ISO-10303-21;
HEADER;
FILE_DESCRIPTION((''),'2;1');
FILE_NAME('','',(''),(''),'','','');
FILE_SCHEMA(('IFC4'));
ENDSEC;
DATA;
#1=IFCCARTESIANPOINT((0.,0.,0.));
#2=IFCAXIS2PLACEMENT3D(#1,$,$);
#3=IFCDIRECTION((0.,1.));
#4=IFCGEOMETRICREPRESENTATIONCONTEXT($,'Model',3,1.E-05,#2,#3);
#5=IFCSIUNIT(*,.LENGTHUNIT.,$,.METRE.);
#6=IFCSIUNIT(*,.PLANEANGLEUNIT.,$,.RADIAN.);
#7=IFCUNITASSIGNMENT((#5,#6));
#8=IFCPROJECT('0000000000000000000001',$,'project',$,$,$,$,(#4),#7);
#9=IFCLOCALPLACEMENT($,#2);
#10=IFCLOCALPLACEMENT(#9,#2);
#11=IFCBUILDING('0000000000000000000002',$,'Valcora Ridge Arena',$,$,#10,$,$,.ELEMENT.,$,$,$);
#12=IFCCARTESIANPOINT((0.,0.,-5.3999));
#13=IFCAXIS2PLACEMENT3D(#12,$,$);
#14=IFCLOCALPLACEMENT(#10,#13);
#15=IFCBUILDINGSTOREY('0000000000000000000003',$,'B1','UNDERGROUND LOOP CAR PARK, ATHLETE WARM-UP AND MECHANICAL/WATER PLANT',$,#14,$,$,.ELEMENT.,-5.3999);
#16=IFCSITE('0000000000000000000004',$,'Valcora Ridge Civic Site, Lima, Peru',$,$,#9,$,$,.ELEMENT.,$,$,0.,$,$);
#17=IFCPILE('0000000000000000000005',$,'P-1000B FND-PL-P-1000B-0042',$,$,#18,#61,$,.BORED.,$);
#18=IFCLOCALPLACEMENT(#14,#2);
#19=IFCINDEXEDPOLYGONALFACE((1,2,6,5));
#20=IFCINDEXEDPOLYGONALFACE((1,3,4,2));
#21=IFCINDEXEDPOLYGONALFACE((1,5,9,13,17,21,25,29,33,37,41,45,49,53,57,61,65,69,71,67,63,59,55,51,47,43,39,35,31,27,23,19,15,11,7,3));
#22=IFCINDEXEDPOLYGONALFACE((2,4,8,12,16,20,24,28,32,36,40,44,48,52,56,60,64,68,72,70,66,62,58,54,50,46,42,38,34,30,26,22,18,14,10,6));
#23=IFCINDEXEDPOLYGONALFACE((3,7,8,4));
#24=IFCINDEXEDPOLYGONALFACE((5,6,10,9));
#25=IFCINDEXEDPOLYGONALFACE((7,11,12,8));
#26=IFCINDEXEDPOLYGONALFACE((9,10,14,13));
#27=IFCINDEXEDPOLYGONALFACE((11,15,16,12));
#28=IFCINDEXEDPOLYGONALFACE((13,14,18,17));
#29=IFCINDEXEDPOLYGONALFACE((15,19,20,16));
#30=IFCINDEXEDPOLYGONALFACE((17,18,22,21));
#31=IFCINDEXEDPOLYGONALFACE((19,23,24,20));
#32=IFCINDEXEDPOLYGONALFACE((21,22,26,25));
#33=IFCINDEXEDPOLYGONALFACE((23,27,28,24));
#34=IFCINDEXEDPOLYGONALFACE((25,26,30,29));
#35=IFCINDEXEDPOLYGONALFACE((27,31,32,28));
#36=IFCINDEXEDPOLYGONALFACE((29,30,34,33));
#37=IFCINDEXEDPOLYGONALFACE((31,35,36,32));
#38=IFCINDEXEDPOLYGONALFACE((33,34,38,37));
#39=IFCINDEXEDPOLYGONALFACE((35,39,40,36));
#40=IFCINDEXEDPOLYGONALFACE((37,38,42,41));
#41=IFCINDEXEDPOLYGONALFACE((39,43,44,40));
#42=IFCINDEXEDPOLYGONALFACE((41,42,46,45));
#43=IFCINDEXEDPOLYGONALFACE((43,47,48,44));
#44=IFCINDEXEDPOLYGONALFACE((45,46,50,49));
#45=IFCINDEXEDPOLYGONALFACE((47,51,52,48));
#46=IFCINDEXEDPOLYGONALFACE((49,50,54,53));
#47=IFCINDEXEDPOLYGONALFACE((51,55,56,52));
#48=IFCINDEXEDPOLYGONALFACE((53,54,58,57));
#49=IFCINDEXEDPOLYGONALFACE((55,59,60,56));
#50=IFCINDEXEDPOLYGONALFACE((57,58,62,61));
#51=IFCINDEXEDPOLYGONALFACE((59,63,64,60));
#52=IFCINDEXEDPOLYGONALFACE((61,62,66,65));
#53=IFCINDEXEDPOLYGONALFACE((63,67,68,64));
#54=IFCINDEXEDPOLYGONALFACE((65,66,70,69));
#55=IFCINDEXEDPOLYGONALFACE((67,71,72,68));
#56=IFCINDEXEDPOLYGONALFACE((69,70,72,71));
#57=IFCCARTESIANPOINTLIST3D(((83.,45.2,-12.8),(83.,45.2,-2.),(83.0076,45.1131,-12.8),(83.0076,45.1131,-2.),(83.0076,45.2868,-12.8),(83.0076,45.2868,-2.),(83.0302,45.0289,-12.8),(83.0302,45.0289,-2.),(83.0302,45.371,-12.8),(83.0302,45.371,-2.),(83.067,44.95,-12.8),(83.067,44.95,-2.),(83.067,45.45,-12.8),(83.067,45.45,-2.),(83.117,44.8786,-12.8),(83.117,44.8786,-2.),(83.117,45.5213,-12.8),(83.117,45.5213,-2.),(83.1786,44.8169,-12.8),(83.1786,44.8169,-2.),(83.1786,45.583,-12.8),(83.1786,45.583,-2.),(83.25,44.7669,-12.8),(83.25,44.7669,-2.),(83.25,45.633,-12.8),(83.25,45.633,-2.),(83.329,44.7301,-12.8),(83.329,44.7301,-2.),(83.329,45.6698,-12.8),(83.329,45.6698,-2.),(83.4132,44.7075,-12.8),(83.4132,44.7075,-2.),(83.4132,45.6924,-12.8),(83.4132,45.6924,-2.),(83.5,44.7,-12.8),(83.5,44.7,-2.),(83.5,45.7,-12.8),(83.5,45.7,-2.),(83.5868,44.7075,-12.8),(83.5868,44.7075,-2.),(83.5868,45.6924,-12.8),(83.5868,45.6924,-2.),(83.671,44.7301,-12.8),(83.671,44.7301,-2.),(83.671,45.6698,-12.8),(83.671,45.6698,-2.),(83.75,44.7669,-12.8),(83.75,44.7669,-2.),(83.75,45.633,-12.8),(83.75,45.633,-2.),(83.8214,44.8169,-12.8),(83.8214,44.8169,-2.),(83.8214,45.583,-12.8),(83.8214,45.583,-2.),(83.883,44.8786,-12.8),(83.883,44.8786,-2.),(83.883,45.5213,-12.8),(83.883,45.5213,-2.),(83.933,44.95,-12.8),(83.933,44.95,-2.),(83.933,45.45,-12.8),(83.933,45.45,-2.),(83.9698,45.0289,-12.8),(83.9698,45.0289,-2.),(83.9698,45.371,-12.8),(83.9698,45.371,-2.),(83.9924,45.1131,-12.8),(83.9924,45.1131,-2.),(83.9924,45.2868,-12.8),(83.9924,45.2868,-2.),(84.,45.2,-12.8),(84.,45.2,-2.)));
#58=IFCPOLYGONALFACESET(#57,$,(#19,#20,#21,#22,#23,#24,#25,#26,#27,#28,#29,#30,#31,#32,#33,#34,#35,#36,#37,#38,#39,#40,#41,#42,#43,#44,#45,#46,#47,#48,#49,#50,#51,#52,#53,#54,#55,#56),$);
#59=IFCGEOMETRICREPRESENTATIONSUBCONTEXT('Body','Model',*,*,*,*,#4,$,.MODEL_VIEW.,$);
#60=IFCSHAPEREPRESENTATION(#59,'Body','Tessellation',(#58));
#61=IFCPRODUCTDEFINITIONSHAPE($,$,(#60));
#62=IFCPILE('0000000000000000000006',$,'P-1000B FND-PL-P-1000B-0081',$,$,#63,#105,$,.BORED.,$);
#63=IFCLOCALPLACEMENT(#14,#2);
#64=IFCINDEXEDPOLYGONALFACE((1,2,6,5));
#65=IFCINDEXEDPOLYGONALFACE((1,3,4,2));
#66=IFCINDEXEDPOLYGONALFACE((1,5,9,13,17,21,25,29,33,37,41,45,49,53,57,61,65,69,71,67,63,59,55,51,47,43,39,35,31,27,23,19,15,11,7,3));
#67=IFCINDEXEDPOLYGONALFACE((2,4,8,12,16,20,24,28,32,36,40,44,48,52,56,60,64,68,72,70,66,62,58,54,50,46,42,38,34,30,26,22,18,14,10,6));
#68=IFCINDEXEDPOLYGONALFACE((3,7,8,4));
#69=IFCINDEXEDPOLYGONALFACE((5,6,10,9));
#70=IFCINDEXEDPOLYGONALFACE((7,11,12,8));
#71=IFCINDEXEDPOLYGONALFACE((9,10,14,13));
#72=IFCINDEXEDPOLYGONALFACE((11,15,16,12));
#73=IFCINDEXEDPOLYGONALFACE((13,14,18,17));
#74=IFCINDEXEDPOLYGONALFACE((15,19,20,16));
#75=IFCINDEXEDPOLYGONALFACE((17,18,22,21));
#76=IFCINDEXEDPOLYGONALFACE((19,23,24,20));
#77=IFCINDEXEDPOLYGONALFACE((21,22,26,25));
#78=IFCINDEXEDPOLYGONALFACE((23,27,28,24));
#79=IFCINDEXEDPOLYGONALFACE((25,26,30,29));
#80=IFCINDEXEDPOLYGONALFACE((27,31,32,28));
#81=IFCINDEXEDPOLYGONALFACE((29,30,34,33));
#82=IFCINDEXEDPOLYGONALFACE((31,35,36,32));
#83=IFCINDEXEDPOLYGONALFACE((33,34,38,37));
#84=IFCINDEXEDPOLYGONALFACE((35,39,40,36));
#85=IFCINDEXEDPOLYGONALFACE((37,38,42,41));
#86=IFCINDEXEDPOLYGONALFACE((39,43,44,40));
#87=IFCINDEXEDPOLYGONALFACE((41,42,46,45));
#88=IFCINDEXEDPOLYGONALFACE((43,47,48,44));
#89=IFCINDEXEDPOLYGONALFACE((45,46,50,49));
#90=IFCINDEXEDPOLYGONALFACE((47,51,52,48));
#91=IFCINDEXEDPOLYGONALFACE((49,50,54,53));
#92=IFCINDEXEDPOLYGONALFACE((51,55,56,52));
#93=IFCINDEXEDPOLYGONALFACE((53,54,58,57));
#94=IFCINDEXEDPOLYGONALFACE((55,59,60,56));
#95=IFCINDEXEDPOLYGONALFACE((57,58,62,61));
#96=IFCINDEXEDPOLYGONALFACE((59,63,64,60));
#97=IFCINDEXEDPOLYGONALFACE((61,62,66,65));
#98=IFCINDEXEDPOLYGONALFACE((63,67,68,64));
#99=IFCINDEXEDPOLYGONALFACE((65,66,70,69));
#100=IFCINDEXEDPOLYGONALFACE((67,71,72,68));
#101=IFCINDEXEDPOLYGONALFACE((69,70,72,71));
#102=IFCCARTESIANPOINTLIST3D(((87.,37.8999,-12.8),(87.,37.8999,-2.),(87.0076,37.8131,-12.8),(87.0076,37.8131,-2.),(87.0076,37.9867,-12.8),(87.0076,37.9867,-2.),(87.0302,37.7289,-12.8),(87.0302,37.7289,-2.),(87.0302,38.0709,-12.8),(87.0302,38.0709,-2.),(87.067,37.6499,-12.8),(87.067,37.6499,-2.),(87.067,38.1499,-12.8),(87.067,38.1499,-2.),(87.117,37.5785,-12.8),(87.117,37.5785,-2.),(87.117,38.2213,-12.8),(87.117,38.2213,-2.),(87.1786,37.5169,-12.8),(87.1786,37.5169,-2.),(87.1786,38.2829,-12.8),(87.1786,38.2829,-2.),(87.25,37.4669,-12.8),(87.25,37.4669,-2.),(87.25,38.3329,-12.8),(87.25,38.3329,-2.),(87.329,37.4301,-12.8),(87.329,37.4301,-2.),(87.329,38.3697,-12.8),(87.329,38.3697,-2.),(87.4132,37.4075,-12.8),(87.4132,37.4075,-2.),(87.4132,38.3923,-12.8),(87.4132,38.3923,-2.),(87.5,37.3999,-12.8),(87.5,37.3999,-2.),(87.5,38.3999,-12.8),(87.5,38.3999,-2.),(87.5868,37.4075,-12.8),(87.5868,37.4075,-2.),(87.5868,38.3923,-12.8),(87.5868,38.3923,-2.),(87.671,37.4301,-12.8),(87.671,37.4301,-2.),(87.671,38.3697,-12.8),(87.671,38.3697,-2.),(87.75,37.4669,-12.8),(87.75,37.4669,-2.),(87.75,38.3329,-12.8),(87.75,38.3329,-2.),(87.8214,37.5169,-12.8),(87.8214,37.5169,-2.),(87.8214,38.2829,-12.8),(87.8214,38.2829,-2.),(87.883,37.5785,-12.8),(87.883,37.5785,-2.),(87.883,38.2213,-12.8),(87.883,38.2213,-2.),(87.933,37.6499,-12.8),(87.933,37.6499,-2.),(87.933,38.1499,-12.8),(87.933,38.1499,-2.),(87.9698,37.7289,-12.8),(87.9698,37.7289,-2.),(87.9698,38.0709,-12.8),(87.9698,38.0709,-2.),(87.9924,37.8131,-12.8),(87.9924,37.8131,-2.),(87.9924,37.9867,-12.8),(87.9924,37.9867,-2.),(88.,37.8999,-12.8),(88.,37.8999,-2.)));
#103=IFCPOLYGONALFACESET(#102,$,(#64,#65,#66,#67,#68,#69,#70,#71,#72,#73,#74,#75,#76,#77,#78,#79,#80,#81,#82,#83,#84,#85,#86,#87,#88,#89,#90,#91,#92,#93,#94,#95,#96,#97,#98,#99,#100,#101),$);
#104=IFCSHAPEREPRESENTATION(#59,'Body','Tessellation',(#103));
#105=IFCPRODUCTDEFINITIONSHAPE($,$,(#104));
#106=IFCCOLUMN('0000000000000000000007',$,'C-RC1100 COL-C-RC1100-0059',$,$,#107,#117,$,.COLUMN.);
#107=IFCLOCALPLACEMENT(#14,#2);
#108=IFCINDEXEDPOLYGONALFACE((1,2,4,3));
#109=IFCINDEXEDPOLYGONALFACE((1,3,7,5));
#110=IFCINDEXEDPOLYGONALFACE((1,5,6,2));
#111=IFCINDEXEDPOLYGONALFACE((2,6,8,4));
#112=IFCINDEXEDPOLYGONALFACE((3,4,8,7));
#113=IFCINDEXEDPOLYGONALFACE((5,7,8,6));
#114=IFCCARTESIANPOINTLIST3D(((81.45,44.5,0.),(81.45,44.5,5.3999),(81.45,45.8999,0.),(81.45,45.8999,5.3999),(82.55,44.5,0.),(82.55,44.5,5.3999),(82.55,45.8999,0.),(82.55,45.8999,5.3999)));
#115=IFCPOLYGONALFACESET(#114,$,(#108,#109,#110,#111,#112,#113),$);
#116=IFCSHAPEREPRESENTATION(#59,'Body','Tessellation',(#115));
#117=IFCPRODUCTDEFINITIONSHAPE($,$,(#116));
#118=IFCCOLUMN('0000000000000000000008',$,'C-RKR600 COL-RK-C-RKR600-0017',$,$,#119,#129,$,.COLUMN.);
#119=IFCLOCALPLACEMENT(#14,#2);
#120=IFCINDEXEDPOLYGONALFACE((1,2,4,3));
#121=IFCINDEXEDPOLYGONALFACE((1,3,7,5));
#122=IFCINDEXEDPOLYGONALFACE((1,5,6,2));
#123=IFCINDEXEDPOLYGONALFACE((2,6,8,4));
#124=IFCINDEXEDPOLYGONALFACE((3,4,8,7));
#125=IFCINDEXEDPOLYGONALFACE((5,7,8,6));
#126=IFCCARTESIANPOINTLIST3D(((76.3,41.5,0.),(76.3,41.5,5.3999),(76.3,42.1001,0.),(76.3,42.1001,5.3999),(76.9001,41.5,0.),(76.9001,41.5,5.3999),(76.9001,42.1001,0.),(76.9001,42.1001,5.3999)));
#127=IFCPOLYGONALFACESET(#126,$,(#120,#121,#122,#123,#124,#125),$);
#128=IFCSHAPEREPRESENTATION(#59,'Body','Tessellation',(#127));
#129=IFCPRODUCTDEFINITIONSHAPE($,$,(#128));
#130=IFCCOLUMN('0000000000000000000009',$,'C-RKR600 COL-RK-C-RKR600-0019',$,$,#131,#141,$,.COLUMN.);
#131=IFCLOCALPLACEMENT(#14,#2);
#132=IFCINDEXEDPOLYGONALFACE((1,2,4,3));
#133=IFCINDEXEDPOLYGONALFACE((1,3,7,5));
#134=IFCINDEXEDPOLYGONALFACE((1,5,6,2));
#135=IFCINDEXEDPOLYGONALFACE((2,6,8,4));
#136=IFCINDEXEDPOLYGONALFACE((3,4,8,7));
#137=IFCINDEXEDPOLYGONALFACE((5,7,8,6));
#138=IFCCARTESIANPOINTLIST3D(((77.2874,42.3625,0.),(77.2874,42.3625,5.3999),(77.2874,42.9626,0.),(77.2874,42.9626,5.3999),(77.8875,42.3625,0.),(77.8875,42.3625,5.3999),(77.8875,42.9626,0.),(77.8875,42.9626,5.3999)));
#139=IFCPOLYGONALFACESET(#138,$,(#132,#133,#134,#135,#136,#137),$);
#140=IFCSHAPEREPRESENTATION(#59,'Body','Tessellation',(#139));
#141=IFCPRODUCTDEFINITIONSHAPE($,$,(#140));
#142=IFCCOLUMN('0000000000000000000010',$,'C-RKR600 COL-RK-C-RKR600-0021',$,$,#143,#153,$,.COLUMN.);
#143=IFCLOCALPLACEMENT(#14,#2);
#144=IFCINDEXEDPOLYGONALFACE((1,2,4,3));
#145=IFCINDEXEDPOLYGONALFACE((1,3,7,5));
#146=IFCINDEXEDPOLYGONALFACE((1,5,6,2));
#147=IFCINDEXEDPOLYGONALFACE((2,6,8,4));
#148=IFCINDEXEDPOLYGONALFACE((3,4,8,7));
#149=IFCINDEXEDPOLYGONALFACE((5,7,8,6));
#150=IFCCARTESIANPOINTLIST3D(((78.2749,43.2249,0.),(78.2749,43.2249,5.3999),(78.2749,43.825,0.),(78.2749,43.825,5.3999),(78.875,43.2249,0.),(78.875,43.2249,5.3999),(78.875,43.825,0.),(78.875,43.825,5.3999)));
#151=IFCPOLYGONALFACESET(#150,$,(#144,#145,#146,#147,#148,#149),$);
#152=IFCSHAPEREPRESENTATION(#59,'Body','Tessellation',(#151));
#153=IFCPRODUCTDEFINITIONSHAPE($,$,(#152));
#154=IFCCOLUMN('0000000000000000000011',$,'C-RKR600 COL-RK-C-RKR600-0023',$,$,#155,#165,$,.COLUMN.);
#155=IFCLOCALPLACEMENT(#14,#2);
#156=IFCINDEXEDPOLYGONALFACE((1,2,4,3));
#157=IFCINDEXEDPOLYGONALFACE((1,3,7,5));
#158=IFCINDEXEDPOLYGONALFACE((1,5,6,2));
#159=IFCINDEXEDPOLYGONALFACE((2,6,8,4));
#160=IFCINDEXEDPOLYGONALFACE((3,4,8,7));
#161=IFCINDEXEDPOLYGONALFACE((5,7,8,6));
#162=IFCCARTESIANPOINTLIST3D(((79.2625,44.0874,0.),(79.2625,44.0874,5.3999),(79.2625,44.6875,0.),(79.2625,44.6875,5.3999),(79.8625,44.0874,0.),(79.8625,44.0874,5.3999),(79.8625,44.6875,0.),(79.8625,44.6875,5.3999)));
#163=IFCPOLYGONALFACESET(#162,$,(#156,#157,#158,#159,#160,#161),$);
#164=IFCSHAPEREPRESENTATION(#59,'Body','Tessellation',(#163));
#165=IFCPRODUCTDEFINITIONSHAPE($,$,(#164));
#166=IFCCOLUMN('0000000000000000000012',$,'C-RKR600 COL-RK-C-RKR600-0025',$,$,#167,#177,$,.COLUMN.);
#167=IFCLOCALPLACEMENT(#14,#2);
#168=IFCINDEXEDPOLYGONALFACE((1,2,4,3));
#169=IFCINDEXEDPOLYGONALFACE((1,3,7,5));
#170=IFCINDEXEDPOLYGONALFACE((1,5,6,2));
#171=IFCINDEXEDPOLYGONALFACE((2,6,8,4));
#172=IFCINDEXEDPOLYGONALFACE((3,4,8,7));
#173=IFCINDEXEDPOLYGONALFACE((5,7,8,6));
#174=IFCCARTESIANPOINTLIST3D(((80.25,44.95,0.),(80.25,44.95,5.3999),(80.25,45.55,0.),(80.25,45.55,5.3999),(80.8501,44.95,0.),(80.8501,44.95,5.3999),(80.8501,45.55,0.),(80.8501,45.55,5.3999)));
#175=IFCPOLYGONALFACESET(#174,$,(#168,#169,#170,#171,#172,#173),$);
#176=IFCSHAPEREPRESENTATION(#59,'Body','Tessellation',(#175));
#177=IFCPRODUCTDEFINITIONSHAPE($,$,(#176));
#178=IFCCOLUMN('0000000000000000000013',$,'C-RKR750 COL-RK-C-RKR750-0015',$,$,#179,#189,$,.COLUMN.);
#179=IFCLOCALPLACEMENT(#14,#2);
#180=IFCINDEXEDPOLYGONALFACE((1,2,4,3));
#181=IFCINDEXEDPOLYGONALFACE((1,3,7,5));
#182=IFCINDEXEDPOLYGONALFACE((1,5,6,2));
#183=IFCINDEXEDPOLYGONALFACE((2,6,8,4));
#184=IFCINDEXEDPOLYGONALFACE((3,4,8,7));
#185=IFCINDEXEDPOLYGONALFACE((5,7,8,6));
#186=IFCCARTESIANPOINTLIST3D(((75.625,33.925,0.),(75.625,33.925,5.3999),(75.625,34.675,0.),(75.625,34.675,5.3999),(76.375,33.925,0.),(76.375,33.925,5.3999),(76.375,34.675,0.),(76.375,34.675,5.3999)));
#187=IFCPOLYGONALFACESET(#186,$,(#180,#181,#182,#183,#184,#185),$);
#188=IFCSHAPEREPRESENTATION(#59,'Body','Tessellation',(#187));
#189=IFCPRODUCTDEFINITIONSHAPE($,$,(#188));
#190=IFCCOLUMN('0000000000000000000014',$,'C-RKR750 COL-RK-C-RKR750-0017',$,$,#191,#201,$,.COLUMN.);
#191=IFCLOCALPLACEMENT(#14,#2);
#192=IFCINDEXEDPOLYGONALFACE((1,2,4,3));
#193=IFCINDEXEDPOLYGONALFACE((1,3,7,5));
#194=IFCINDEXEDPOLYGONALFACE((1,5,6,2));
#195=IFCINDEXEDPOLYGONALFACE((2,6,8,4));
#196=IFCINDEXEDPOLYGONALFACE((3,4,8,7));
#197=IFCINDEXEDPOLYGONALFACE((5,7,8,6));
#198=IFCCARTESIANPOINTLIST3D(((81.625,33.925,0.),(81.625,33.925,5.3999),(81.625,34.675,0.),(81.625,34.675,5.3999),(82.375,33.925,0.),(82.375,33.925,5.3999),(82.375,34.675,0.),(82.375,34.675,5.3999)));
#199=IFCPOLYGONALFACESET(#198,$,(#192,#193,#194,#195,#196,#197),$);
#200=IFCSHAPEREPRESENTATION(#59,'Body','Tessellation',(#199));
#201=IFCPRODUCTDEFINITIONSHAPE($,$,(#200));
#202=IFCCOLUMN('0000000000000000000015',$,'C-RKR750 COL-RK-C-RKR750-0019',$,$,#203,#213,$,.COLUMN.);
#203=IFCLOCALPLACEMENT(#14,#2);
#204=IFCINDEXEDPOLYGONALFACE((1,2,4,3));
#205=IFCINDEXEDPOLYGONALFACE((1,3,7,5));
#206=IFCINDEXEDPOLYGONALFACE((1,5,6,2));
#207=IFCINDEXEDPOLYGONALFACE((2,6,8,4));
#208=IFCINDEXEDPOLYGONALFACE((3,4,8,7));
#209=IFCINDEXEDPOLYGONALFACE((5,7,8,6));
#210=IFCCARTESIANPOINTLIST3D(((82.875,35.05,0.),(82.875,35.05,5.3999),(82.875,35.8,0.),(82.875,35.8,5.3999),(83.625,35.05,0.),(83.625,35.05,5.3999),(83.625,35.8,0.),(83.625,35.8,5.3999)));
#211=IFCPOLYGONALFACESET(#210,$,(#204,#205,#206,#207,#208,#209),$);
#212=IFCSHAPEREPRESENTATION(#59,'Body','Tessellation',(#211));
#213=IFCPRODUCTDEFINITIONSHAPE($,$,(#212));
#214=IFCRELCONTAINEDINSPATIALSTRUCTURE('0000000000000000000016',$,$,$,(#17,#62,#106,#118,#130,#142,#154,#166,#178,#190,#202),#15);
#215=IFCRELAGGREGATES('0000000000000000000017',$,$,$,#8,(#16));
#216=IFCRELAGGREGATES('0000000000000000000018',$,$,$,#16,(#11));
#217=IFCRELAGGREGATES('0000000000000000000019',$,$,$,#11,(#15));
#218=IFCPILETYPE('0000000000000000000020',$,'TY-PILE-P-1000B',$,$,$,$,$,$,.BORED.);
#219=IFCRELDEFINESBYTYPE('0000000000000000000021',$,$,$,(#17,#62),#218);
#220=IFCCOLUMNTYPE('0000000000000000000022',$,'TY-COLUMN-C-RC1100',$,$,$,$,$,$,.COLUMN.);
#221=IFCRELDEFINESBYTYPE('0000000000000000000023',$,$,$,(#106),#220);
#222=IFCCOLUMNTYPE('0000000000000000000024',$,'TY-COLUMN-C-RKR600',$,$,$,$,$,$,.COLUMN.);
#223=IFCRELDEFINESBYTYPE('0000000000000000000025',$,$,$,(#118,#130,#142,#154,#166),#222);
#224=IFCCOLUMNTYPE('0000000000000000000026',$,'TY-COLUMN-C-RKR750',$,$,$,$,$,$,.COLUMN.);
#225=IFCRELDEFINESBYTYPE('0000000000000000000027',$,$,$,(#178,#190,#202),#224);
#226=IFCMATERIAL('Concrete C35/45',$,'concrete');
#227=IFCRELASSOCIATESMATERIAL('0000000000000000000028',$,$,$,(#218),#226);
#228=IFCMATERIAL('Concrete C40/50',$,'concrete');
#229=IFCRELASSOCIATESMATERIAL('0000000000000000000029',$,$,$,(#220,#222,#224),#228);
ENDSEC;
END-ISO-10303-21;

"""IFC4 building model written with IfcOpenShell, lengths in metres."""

from ifc_helpers import new_model, si_unit, direction, frame, origin, origin_2d, place, context, subcontext, project, spatial, rectangle, circle, extrude, material, material_profile, profile_set, type_object, element, save


model = new_model("IFC4")

# Units and contexts
model_context = context("Model", 3, precision=1e-05, world=origin(), true_north=direction((0.0, 1.0)))
body_context = subcontext(model_context, "Body", "Model", "MODEL_VIEW")
ifc_project = project(units=[si_unit("LENGTHUNIT", "METRE"), si_unit("PLANEANGLEUNIT", "RADIAN")], contexts=[model_context])

# Site, building, storey
site_placement = place(None, origin())
site = spatial("IfcSite", under=ifc_project, at=site_placement, Name="Valcora Ridge Civic Site, Lima, Peru", CompositionType="ELEMENT", RefElevation=0.0)
building_placement = place(site_placement, origin())
building = spatial("IfcBuilding", under=site, at=building_placement, Name="Valcora Ridge Arena", CompositionType="ELEMENT")
storey_placement = place(building_placement, frame((0.0, 0.0, -5.3999)))
storey = spatial("IfcBuildingStorey", under=building, at=storey_placement, Name="B1", Description="UNDERGROUND LOOP CAR PARK, ATHLETE WARM-UP AND MECHANICAL/WATER PLANT", CompositionType="ELEMENT", Elevation=-5.3999)

# Shared definitions
ifc_material_1 = material(Name="Concrete C40/50", Category="concrete")

# Piles
ifc_material_2 = material(Name="Concrete C35/45", Category="concrete")
ifc_material_profile_1 = material_profile(ifc_material_2, circle(Radius=0.5, at=origin_2d()), Name="BORED PILE D1000")
ifc_profile_set_1 = profile_set([ifc_material_profile_1], Name="Concrete C35/45")
pile_type_1 = type_object("IfcPileType", Name="TY-PILE-P-1000B", PredefinedType="BORED", material=ifc_profile_set_1)
for number, where, z_axis, x_axis, name in (
    (1, (83.5, 45.2, -2.0), (0.0, 0.0, -1.0), (1.0, 0.0, 0.0), "P-1000B FND-PL-P-1000B-0042"),
    (2, (87.5, 37.8999, -2.0), (0.0, 0.0, -1.0), (1.0, 0.0, 0.0), "P-1000B FND-PL-P-1000B-0081"),
):
    element("IfcPile", number, at=place(storey_placement, frame(where, z_axis=z_axis, x_axis=x_axis)), inside=storey, type_object=pile_type_1, Name=name, PredefinedType="BORED", context=body_context, shape_type="SweptSolid", body=[
        extrude(circle(Radius=0.5, at=origin_2d()), origin(), (0.0, 0.0, 1.0), 10.8),
    ])

# Columns
ifc_material_profile_2 = material_profile(ifc_material_1, rectangle(XDim=1.1001, YDim=1.3999, at=origin_2d()), Name="RC 1100x1400")
ifc_profile_set_2 = profile_set([ifc_material_profile_2], Name="Concrete C40/50")
column_type_1 = type_object("IfcColumnType", Name="TY-COLUMN-C-RC1100", PredefinedType="COLUMN", material=ifc_profile_set_2)
column_placement = place(storey_placement, frame((82.0, 45.2, 0.0), z_axis=(0.0, 0.0, 1.0), x_axis=(1.0, 0.0, 0.0)))
element("IfcColumn", 3, at=column_placement, inside=storey, type_object=column_type_1, Name="C-RC1100 COL-C-RC1100-0059", PredefinedType="COLUMN", context=body_context, shape_type="SweptSolid", body=[
    extrude(rectangle(XDim=1.1001, YDim=1.3999, at=origin_2d()), origin(), (0.0, 0.0, 1.0), 5.3999),
])
ifc_material_profile_3 = material_profile(ifc_material_1, rectangle(XDim=0.6001, YDim=0.6001, at=origin_2d()), Name="RC 600x600")
ifc_profile_set_3 = profile_set([ifc_material_profile_3], Name="Concrete C40/50")
column_type_2 = type_object("IfcColumnType", Name="TY-COLUMN-C-RKR600", PredefinedType="COLUMN", material=ifc_profile_set_3)
for number, where, z_axis, x_axis, name in (
    (4, (76.6001, 41.8, 0.0), (0.0, 0.0, 1.0), (1.0, 0.0, 0.0), "C-RKR600 COL-RK-C-RKR600-0017"),
    (5, (77.5874, 42.6626, 0.0), (0.0, 0.0, 1.0), (1.0, 0.0, 0.0), "C-RKR600 COL-RK-C-RKR600-0019"),
    (6, (78.575, 43.5249, 0.0), (0.0, 0.0, 1.0), (1.0, 0.0, 0.0), "C-RKR600 COL-RK-C-RKR600-0021"),
    (7, (79.5625, 44.3875, 0.0), (0.0, 0.0, 1.0), (1.0, 0.0, 0.0), "C-RKR600 COL-RK-C-RKR600-0023"),
    (8, (80.55, 45.25, 0.0), (0.0, 0.0, 1.0), (1.0, 0.0, 0.0), "C-RKR600 COL-RK-C-RKR600-0025"),
):
    element("IfcColumn", number, at=place(storey_placement, frame(where, z_axis=z_axis, x_axis=x_axis)), inside=storey, type_object=column_type_2, Name=name, PredefinedType="COLUMN", context=body_context, shape_type="SweptSolid", body=[
        extrude(rectangle(XDim=0.6001, YDim=0.6001, at=origin_2d()), origin(), (0.0, 0.0, 1.0), 5.3999),
    ])
ifc_material_profile_4 = material_profile(ifc_material_1, rectangle(XDim=0.75, YDim=0.75, at=origin_2d()), Name="RC 750x750")
ifc_profile_set_4 = profile_set([ifc_material_profile_4], Name="Concrete C40/50")
column_type_3 = type_object("IfcColumnType", Name="TY-COLUMN-C-RKR750", PredefinedType="COLUMN", material=ifc_profile_set_4)
for number, where, z_axis, x_axis, name in (
    (9, (76.0, 34.3, 0.0), (0.0, 0.0, 1.0), (1.0, 0.0, 0.0), "C-RKR750 COL-RK-C-RKR750-0015"),
    (10, (82.0, 34.3, 0.0), (0.0, 0.0, 1.0), (1.0, 0.0, 0.0), "C-RKR750 COL-RK-C-RKR750-0017"),
    (11, (83.25, 35.425, 0.0), (0.0, 0.0, 1.0), (1.0, 0.0, 0.0), "C-RKR750 COL-RK-C-RKR750-0019"),
):
    element("IfcColumn", number, at=place(storey_placement, frame(where, z_axis=z_axis, x_axis=x_axis)), inside=storey, type_object=column_type_3, Name=name, PredefinedType="COLUMN", context=body_context, shape_type="SweptSolid", body=[
        extrude(rectangle(XDim=0.75, YDim=0.75, at=origin_2d()), origin(), (0.0, 0.0, 1.0), 5.3999),
    ])

save(model, "model.ifc")
